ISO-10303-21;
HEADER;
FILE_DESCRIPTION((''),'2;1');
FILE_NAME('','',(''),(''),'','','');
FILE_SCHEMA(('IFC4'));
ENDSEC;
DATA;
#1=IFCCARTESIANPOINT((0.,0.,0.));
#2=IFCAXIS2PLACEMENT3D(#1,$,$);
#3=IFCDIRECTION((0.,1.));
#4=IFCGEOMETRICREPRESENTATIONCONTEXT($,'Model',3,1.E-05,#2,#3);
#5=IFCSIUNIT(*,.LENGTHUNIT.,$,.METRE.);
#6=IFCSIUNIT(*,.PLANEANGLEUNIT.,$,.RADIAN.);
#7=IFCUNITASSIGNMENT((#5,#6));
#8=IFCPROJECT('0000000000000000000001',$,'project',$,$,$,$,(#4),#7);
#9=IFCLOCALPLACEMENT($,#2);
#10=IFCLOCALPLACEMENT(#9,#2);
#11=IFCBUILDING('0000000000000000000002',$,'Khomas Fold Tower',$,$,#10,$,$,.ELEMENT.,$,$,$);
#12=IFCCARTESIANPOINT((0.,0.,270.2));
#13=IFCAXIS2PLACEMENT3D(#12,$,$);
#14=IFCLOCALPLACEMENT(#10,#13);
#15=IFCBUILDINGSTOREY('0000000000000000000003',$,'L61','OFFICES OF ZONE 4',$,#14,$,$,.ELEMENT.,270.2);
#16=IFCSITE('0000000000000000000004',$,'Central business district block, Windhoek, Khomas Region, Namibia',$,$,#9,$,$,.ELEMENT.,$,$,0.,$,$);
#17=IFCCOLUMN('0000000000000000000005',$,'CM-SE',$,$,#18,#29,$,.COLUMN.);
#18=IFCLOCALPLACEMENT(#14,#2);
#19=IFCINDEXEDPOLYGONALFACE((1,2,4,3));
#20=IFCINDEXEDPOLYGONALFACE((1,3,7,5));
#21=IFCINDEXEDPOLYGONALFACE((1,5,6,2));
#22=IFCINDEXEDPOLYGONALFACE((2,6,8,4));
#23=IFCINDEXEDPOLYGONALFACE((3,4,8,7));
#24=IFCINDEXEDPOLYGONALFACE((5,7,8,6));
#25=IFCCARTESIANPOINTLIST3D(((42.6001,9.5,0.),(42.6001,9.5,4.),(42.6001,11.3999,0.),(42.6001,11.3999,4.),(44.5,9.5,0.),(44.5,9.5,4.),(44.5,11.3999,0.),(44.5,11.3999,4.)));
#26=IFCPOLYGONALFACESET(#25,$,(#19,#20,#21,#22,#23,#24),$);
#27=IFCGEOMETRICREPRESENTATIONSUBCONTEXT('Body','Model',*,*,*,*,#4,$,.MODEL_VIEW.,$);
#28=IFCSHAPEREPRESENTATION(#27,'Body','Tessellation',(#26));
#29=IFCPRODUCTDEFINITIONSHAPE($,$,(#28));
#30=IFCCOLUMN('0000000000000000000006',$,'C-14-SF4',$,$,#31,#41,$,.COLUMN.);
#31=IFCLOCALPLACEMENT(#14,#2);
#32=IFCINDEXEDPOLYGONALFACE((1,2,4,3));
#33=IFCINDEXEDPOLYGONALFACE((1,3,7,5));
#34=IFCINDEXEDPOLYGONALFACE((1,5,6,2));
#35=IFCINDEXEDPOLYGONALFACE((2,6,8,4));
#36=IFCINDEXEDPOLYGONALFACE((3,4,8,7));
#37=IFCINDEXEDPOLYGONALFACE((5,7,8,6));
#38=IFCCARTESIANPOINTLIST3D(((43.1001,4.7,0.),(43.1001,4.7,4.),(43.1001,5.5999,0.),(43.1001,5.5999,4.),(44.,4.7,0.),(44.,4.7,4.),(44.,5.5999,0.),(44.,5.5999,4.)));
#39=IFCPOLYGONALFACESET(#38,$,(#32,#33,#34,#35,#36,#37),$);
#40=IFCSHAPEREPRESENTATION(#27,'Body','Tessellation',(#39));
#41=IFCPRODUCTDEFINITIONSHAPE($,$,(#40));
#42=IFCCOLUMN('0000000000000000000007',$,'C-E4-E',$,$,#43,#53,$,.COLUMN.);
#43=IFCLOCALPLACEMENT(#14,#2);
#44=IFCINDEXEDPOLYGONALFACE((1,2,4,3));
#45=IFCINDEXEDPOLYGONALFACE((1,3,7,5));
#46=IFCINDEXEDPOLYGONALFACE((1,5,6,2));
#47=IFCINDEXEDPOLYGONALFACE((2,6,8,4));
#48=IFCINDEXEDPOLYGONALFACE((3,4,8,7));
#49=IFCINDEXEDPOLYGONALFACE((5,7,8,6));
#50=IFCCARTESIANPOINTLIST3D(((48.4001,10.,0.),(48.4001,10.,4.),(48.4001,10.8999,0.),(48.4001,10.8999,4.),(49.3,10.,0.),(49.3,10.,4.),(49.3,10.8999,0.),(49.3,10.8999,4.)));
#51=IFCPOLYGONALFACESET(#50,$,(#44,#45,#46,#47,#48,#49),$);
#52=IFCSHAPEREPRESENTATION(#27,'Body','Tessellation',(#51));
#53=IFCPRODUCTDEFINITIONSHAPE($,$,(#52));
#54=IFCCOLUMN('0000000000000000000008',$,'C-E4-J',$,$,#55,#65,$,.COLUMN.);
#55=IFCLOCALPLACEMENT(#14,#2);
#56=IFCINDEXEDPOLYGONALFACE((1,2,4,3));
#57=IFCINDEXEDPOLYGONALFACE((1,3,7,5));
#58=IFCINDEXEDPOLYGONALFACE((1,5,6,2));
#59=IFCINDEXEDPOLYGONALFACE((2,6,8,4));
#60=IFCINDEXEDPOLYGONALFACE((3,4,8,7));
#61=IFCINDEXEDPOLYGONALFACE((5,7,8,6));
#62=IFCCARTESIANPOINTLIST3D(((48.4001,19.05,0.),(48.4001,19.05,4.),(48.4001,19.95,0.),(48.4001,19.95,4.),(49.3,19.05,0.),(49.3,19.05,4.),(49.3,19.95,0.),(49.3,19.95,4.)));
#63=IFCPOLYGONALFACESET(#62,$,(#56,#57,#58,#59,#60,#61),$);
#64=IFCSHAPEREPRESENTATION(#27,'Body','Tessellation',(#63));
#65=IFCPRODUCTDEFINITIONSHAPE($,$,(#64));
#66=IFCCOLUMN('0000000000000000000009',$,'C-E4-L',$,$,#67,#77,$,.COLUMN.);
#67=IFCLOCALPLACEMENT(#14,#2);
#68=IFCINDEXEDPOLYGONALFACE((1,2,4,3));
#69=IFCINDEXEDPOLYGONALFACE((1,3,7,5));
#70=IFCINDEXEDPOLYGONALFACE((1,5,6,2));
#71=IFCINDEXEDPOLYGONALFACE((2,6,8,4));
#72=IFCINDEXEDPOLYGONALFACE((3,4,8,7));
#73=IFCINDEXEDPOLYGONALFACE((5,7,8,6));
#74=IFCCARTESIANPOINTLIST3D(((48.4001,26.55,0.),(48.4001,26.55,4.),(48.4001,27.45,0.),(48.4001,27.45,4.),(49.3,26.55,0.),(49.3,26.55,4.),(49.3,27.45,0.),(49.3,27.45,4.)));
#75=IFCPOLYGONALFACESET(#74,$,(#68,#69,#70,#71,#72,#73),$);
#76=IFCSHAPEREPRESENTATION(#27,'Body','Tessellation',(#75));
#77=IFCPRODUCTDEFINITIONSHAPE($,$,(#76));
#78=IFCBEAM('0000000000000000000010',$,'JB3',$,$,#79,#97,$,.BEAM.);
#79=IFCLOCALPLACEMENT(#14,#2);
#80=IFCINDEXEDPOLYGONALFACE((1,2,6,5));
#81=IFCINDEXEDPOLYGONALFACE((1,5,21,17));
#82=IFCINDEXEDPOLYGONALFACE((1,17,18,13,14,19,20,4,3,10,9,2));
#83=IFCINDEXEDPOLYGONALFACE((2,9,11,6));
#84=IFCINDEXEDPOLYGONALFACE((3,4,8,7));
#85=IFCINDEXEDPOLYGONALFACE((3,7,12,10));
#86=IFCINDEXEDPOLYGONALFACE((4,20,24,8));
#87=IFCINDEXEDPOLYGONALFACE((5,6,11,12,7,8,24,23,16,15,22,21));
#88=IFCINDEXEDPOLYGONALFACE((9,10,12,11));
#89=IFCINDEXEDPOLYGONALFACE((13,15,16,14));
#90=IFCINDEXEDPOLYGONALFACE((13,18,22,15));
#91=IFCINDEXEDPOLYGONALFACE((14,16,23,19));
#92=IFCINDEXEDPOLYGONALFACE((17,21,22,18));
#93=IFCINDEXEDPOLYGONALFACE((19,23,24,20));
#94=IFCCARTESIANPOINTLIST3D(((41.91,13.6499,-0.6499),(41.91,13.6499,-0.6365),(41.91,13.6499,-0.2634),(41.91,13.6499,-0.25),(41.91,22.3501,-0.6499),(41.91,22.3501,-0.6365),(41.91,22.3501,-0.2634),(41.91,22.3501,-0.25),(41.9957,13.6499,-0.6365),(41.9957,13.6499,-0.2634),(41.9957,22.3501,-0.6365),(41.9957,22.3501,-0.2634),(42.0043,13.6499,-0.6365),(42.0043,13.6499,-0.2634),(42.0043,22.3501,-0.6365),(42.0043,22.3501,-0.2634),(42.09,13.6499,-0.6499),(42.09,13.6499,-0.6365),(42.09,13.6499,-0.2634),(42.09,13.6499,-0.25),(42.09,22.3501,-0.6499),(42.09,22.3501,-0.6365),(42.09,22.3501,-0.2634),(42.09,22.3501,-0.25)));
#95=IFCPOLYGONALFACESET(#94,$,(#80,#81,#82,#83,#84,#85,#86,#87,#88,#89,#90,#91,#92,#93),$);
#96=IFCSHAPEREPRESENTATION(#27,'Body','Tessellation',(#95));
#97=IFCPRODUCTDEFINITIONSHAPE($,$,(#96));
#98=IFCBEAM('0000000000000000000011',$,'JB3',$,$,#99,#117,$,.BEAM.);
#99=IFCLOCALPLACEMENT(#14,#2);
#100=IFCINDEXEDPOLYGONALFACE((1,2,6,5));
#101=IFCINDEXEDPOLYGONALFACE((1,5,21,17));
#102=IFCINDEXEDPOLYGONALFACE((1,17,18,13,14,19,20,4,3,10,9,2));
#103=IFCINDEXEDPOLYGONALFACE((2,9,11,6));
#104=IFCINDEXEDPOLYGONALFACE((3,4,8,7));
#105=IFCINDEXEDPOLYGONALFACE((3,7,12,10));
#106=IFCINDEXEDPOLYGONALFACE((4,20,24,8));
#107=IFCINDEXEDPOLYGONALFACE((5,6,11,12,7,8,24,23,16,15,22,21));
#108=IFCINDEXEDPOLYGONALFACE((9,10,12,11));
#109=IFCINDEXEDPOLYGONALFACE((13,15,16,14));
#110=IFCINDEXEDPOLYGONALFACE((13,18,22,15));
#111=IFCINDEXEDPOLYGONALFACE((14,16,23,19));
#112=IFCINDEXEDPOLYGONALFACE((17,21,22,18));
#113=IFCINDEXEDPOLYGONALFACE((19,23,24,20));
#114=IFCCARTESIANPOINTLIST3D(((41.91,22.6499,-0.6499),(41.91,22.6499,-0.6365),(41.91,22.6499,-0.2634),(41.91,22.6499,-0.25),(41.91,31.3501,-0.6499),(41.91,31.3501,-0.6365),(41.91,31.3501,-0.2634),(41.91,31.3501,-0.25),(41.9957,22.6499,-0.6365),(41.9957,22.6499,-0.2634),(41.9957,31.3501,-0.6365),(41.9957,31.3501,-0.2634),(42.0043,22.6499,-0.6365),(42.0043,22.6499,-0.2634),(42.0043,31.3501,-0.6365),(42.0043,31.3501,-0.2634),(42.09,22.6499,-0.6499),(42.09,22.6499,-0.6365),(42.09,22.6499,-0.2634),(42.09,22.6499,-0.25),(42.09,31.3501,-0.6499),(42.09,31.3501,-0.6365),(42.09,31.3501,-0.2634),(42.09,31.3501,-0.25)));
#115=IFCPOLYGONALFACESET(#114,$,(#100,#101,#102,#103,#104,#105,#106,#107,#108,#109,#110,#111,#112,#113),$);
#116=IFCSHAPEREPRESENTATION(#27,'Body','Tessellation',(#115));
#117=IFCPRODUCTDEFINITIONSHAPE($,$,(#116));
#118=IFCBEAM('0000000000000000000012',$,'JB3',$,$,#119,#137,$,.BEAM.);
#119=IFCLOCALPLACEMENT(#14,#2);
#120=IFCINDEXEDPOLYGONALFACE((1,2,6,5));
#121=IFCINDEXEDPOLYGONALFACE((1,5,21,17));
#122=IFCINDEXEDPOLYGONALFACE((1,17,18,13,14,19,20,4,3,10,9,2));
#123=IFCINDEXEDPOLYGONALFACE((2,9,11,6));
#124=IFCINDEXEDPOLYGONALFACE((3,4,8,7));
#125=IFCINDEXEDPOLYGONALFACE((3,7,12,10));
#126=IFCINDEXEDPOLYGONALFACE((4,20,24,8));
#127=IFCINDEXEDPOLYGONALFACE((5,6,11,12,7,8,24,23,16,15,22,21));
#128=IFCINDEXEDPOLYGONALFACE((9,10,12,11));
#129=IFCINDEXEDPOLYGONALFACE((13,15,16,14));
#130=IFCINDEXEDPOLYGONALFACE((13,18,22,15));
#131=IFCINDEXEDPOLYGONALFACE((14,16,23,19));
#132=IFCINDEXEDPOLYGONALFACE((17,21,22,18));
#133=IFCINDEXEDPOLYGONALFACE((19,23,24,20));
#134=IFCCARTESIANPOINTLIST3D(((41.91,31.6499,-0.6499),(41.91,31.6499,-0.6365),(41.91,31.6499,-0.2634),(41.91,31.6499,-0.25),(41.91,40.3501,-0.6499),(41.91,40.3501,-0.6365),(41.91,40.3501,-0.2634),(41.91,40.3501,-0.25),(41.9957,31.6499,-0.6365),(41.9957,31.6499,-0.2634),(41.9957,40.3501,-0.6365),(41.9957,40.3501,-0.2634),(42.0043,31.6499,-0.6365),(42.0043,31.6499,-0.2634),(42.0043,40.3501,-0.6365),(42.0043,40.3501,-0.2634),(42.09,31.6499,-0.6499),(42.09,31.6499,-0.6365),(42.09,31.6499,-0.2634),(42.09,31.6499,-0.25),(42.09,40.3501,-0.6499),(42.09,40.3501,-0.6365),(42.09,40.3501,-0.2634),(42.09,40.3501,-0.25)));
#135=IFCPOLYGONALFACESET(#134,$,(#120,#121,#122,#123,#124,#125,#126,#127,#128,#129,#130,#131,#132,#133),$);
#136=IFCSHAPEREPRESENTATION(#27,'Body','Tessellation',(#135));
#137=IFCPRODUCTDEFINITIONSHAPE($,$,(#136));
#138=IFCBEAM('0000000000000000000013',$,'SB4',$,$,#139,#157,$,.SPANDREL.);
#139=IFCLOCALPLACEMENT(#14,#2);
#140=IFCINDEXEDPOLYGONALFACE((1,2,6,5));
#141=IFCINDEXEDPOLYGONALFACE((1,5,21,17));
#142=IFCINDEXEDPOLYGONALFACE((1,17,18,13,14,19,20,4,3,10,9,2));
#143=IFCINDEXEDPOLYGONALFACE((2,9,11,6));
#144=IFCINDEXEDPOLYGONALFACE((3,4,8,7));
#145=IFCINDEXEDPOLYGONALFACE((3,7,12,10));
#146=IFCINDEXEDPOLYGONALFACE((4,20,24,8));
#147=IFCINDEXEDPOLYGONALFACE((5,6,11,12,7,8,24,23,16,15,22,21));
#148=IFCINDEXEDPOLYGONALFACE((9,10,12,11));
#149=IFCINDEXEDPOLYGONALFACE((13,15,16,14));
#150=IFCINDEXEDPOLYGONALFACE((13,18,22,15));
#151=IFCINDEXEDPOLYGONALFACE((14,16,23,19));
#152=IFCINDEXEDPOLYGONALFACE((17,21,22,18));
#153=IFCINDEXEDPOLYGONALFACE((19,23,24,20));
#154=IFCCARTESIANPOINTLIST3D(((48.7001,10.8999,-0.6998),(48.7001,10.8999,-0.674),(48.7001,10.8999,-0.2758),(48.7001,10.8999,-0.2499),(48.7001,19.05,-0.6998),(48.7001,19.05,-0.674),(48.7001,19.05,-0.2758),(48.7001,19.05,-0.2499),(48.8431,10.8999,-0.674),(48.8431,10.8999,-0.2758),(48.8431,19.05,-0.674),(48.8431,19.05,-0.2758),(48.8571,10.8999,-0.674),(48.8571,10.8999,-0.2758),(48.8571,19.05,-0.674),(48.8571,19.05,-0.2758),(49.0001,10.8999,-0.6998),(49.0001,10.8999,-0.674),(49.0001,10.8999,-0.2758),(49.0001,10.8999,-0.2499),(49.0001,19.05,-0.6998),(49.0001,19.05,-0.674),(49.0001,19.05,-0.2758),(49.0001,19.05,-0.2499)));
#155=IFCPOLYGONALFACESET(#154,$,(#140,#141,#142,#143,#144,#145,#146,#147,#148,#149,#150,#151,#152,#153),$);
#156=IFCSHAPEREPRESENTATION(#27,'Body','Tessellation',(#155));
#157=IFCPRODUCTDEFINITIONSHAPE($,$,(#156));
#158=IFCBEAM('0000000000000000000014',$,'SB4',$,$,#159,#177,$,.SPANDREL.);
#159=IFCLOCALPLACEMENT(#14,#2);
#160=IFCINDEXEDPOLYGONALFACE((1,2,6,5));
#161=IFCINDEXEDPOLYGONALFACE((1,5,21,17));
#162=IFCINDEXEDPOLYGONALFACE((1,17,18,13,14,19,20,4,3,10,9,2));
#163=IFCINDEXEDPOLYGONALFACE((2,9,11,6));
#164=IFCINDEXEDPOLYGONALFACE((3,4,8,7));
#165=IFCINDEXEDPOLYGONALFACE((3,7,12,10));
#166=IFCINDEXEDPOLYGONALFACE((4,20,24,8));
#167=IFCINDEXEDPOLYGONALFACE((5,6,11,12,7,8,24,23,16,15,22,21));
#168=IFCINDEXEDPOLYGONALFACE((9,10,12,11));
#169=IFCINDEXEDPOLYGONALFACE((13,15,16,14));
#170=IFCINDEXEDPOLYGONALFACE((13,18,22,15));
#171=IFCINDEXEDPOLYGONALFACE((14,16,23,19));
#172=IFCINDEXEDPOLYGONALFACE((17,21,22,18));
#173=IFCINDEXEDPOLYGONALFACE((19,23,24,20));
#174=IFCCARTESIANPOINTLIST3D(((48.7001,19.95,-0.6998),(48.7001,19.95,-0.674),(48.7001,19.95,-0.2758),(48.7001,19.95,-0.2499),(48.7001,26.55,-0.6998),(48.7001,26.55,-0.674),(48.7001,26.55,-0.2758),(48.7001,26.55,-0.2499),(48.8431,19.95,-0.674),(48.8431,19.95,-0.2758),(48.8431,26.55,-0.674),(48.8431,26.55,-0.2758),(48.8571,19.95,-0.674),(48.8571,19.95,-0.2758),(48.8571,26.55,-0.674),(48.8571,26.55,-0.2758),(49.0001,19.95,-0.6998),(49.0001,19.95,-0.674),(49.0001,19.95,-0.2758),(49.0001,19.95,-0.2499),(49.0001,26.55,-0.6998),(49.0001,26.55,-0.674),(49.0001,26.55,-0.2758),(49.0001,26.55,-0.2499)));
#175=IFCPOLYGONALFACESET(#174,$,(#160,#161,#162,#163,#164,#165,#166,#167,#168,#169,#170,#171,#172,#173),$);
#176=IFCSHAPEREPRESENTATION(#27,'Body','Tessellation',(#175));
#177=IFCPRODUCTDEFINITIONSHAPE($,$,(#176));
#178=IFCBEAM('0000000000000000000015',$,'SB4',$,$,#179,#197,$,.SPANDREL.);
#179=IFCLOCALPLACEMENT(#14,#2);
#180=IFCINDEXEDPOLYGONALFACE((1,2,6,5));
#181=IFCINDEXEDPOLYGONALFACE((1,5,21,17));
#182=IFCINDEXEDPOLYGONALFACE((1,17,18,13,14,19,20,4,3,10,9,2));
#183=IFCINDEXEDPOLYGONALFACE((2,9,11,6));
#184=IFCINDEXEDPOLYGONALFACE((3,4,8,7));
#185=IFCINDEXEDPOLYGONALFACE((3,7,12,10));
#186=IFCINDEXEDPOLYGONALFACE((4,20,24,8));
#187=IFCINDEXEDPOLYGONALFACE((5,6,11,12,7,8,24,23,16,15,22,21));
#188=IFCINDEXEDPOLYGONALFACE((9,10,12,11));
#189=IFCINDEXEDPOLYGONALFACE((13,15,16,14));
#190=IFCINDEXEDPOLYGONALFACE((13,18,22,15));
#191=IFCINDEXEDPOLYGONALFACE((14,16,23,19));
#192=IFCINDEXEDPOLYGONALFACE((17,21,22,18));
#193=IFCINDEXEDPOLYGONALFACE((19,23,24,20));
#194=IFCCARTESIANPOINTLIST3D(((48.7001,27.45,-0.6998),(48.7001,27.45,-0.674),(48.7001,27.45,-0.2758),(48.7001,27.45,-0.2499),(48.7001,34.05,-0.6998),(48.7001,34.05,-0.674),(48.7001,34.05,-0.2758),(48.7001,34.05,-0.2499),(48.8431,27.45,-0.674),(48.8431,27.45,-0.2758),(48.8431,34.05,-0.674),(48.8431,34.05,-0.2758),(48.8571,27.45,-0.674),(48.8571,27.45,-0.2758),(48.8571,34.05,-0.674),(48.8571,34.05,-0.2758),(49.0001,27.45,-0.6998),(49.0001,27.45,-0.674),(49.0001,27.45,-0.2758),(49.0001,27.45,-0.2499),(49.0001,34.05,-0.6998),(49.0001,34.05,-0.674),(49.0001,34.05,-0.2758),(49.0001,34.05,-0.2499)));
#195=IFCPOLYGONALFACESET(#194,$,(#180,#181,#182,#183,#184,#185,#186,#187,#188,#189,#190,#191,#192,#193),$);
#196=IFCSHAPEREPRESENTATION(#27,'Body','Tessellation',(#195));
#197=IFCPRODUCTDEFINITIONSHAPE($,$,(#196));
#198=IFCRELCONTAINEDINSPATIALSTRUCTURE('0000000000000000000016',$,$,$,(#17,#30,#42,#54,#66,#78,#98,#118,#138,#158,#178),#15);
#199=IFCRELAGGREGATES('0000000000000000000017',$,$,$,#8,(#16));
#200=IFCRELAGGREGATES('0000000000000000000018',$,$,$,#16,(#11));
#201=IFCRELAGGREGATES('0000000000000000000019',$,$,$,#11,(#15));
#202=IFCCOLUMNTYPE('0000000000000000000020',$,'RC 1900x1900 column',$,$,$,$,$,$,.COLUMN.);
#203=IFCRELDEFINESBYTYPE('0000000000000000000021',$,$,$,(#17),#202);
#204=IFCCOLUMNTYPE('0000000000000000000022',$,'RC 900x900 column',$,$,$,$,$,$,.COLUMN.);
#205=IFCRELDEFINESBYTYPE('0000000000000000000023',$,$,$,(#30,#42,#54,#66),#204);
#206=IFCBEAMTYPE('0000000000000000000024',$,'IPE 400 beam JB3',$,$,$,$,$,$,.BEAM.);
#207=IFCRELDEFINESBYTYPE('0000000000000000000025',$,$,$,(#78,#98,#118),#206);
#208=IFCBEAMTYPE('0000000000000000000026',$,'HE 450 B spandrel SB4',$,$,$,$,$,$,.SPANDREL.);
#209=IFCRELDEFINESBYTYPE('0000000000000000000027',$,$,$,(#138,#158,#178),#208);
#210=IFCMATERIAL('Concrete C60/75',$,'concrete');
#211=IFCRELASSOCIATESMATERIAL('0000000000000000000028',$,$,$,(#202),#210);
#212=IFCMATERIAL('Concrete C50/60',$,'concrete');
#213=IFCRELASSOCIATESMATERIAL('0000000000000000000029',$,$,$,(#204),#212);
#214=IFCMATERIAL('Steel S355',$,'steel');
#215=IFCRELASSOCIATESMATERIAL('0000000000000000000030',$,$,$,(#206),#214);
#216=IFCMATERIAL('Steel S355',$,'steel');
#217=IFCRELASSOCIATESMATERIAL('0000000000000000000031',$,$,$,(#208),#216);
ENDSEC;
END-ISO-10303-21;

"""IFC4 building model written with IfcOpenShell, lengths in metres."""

from ifc_helpers import new_model, si_unit, direction, frame, origin, origin_2d, place, context, subcontext, project, spatial, rectangle, i_section, extrude, source, transform, mapped, material, material_profile, profile_set, type_object, element, save


model = new_model("IFC4")

# Units and contexts
model_context = context("Model", 3, precision=1e-05, world=origin(), true_north=direction((0.0, 1.0)))
body_context = subcontext(model_context, "Body", "Model", "MODEL_VIEW")
ifc_project = project(units=[si_unit("LENGTHUNIT", "METRE"), si_unit("PLANEANGLEUNIT", "RADIAN")], contexts=[model_context])

# Site, building, storey
site_placement = place(None, origin())
site = spatial("IfcSite", under=ifc_project, at=site_placement, Name="Central business district block, Windhoek, Khomas Region, Namibia", CompositionType="ELEMENT", RefElevation=0.0)
building_placement = place(site_placement, origin())
building = spatial("IfcBuilding", under=site, at=building_placement, Name="Khomas Fold Tower", CompositionType="ELEMENT")
storey_placement = place(building_placement, frame((0.0, 0.0, 270.2)))
storey = spatial("IfcBuildingStorey", under=building, at=storey_placement, Name="L61", Description="OFFICES OF ZONE 4", CompositionType="ELEMENT", Elevation=270.2)

# Columns
ifc_material_1 = material(Name="Concrete C60/75", Category="concrete")
ifc_material_profile_1 = material_profile(ifc_material_1, rectangle(XDim=1.8999, YDim=1.8999, at=origin_2d()), Name="RC 1900x1900")
ifc_profile_set_1 = profile_set([ifc_material_profile_1], Name="Concrete C60/75")
column_type_1 = type_object("IfcColumnType", Name="RC 1900x1900 column", PredefinedType="COLUMN", material=ifc_profile_set_1)
shared_shape_1 = source(origin(), body_context, "Body", "SweptSolid", [
    extrude(rectangle(XDim=1.8999, YDim=1.8999, at=origin_2d()), origin(), (0.0, 0.0, 1.0), 4.0),
])
column_placement = place(storey_placement, frame((43.55, 10.45, 0.0), z_axis=(0.0, 0.0, 1.0), x_axis=(1.0, 0.0, 0.0)))
element("IfcColumn", 1, at=column_placement, inside=storey, type_object=column_type_1, Name="CM-SE", PredefinedType="COLUMN", context=body_context, shape_type="MappedRepresentation", body=[
    mapped(shared_shape_1, transform((0.0, 0.0, 0.0))),
])
ifc_material_2 = material(Name="Concrete C50/60", Category="concrete")
ifc_material_profile_2 = material_profile(ifc_material_2, rectangle(XDim=0.8999, YDim=0.8999, at=origin_2d()), Name="RC 900x900")
ifc_profile_set_2 = profile_set([ifc_material_profile_2], Name="Concrete C50/60")
column_type_2 = type_object("IfcColumnType", Name="RC 900x900 column", PredefinedType="COLUMN", material=ifc_profile_set_2)
shared_shape_2 = source(origin(), body_context, "Body", "SweptSolid", [
    extrude(rectangle(XDim=0.8999, YDim=0.8999, at=origin_2d()), origin(), (0.0, 0.0, 1.0), 4.0),
])
for number, where, z_axis, x_axis, name in (
    (2, (43.55, 5.1499, 0.0), (0.0, 0.0, 1.0), (1.0, 0.0, 0.0), "C-14-SF4"),
    (3, (48.8501, 10.45, 0.0), (0.0, 0.0, 1.0), (1.0, 0.0, 0.0), "C-E4-E"),
    (4, (48.8501, 19.5, 0.0), (0.0, 0.0, 1.0), (1.0, 0.0, 0.0), "C-E4-J"),
    (5, (48.8501, 27.0, 0.0), (0.0, 0.0, 1.0), (1.0, 0.0, 0.0), "C-E4-L"),
):
    element("IfcColumn", number, at=place(storey_placement, frame(where, z_axis=z_axis, x_axis=x_axis)), inside=storey, type_object=column_type_2, Name=name, PredefinedType="COLUMN", context=body_context, shape_type="MappedRepresentation", body=[
        mapped(shared_shape_2, transform((0.0, 0.0, 0.0))),
    ])

# Beams
ifc_material_3 = material(Name="Steel S355", Category="steel")
ifc_material_profile_3 = material_profile(ifc_material_3, i_section(OverallWidth=0.1799, OverallDepth=0.3999, WebThickness=0.0085, FlangeThickness=0.0134, at=origin_2d()), Name="IPE 400")
ifc_profile_set_3 = profile_set([ifc_material_profile_3], Name="Steel S355")
beam_type_1 = type_object("IfcBeamType", Name="IPE 400 beam JB3", PredefinedType="BEAM", material=ifc_profile_set_3)
shared_shape_3 = source(origin(), body_context, "Body", "SweptSolid", [
    extrude(i_section(OverallWidth=0.1799, OverallDepth=0.3999, WebThickness=0.0085, FlangeThickness=0.0134, at=origin_2d()), origin(), (0.0, 0.0, 1.0), 8.7002),
])
for number, where, z_axis, x_axis, name in (
    (6, (42.0, 13.6499, -0.45), (0.0, 1.0, 0.0), (-1.0, 0.0, 0.0), "JB3"),
    (7, (42.0, 22.6499, -0.45), (0.0, 1.0, 0.0), (-1.0, 0.0, 0.0), "JB3"),
    (8, (42.0, 31.6499, -0.45), (0.0, 1.0, 0.0), (-1.0, 0.0, 0.0), "JB3"),
):
    element("IfcBeam", number, at=place(storey_placement, frame(where, z_axis=z_axis, x_axis=x_axis)), inside=storey, type_object=beam_type_1, Name=name, PredefinedType="BEAM", context=body_context, shape_type="MappedRepresentation", body=[
        mapped(shared_shape_3, transform((0.0, 0.0, 0.0))),
    ])
ifc_material_4 = material(Name="Steel S355", Category="steel")
ifc_material_profile_4 = material_profile(ifc_material_4, i_section(OverallWidth=0.3, OverallDepth=0.45, WebThickness=0.0139, FlangeThickness=0.0259, at=origin_2d()), Name="HE 450 B")
ifc_profile_set_4 = profile_set([ifc_material_profile_4], Name="Steel S355")
beam_type_2 = type_object("IfcBeamType", Name="HE 450 B spandrel SB4", PredefinedType="SPANDREL", material=ifc_profile_set_4)
shared_shape_4 = source(origin(), body_context, "Body", "SweptSolid", [
    extrude(i_section(OverallWidth=0.3, OverallDepth=0.45, WebThickness=0.0139, FlangeThickness=0.0259, at=origin_2d()), origin(), (0.0, 0.0, 1.0), 8.1501),
])
beam_1_placement = place(storey_placement, frame((48.8501, 10.8999, -0.4749), z_axis=(0.0, 1.0, 0.0), x_axis=(-1.0, 0.0, 0.0)))
element("IfcBeam", 9, at=beam_1_placement, inside=storey, type_object=beam_type_2, Name="SB4", PredefinedType="SPANDREL", context=body_context, shape_type="MappedRepresentation", body=[
    mapped(shared_shape_4, transform((0.0, 0.0, 0.0))),
])
shared_shape_5 = source(origin(), body_context, "Body", "SweptSolid", [
    extrude(i_section(OverallWidth=0.3, OverallDepth=0.45, WebThickness=0.0139, FlangeThickness=0.0259, at=origin_2d()), origin(), (0.0, 0.0, 1.0), 6.6001),
])
for number, where, z_axis, x_axis, name in (
    (10, (48.8501, 19.95, -0.4749), (0.0, 1.0, 0.0), (-1.0, 0.0, 0.0), "SB4"),
    (11, (48.8501, 27.45, -0.4749), (0.0, 1.0, 0.0), (-1.0, 0.0, 0.0), "SB4"),
):
    element("IfcBeam", number, at=place(storey_placement, frame(where, z_axis=z_axis, x_axis=x_axis)), inside=storey, type_object=beam_type_2, Name=name, PredefinedType="SPANDREL", context=body_context, shape_type="MappedRepresentation", body=[
        mapped(shared_shape_5, transform((0.0, 0.0, 0.0))),
    ])

save(model, "model.ifc")
